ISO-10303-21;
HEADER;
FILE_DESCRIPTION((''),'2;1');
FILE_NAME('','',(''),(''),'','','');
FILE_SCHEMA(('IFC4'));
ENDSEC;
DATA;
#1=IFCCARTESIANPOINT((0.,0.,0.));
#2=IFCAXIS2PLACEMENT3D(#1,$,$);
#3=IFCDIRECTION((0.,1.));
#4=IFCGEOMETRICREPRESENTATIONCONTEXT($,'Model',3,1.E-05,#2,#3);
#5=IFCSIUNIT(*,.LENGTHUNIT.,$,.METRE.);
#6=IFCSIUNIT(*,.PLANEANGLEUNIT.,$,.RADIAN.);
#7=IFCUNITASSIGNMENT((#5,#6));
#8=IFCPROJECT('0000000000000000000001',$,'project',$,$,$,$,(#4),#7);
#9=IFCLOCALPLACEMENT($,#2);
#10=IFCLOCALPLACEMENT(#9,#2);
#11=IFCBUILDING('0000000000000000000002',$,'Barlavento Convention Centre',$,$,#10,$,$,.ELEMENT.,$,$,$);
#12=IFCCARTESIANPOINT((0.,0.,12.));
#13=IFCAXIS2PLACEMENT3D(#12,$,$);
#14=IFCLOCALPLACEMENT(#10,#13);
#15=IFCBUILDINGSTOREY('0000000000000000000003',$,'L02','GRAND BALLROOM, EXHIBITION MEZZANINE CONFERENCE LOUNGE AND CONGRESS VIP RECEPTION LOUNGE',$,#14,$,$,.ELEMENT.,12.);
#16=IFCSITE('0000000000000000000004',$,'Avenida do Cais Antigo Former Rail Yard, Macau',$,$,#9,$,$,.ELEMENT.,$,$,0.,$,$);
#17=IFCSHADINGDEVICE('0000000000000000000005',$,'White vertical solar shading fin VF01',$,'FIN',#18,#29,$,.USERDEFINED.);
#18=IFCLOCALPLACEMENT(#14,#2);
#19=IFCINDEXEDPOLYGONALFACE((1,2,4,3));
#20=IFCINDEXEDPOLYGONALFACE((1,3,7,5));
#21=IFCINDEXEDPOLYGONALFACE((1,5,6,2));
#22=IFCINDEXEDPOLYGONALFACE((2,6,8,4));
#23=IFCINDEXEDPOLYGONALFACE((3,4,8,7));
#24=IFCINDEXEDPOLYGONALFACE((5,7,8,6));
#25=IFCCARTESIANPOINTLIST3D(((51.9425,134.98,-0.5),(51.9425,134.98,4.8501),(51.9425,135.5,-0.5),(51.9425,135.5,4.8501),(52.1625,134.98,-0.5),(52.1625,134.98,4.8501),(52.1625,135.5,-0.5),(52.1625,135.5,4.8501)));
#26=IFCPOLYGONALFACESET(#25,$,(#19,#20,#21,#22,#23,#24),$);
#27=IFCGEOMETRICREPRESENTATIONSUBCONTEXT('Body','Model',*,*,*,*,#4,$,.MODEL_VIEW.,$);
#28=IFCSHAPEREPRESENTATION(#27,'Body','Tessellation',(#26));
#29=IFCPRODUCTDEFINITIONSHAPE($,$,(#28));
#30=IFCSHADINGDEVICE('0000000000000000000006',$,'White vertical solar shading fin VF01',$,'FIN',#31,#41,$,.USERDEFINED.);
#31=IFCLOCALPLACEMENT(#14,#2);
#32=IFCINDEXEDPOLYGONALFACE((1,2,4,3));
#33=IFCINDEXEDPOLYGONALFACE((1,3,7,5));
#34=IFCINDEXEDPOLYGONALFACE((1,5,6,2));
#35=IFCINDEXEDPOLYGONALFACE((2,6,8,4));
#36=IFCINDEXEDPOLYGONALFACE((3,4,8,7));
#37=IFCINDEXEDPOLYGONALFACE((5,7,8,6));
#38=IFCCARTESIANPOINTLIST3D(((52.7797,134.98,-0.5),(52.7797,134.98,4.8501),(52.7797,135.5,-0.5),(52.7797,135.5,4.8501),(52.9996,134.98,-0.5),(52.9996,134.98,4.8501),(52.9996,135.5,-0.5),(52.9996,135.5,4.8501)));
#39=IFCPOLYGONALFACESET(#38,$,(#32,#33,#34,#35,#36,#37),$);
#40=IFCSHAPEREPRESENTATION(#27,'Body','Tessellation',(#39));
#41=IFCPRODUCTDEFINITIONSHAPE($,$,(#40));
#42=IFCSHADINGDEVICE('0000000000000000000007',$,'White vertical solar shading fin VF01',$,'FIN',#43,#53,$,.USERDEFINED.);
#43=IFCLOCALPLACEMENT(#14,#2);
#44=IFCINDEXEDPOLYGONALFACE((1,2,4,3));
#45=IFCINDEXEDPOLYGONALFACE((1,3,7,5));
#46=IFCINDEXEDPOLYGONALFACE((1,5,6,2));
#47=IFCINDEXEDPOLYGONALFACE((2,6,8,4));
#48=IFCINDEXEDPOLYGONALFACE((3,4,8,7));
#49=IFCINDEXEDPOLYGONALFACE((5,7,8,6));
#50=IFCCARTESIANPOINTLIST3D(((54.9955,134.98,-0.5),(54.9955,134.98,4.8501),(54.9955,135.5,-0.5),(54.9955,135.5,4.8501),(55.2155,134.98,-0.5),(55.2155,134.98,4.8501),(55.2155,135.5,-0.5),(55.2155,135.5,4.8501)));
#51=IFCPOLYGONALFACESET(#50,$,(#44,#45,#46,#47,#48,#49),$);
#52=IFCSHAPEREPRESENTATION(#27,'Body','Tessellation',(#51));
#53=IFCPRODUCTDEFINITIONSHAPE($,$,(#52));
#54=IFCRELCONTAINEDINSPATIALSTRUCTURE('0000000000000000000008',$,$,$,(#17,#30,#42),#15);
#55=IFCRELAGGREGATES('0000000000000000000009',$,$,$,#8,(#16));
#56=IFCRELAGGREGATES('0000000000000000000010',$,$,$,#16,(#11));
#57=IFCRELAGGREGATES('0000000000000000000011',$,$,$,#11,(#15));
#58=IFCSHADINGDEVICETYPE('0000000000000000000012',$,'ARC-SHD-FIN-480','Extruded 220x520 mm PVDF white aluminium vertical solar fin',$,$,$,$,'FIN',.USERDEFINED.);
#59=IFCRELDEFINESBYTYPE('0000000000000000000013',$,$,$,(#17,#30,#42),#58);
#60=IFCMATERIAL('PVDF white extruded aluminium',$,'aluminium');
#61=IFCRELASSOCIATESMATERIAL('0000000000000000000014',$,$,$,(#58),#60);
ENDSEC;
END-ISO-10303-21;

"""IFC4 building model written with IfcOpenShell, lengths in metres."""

from ifc_helpers import new_model, si_unit, direction, frame, origin, origin_2d, place, context, subcontext, project, spatial, rectangle, extrude, material, type_object, element, save


model = new_model("IFC4")

# Units and contexts
model_context = context("Model", 3, precision=1e-05, world=origin(), true_north=direction((0.0, 1.0)))
body_context = subcontext(model_context, "Body", "Model", "MODEL_VIEW")
ifc_project = project(units=[si_unit("LENGTHUNIT", "METRE"), si_unit("PLANEANGLEUNIT", "RADIAN")], contexts=[model_context])

# Site, building, storey
site_placement = place(None, origin())
site = spatial("IfcSite", under=ifc_project, at=site_placement, Name="Avenida do Cais Antigo Former Rail Yard, Macau", CompositionType="ELEMENT", RefElevation=0.0)
building_placement = place(site_placement, origin())
building = spatial("IfcBuilding", under=site, at=building_placement, Name="Barlavento Convention Centre", CompositionType="ELEMENT")
storey_placement = place(building_placement, frame((0.0, 0.0, 12.0)))
storey = spatial("IfcBuildingStorey", under=building, at=storey_placement, Name="L02", Description="GRAND BALLROOM, EXHIBITION MEZZANINE CONFERENCE LOUNGE AND CONGRESS VIP RECEPTION LOUNGE", CompositionType="ELEMENT", Elevation=12.0)

# Shading devices
ifc_material_1 = material(Name="PVDF white extruded aluminium", Category="aluminium")
shading_device_type = type_object("IfcShadingDeviceType", Name="ARC-SHD-FIN-480", Description="Extruded 220x520 mm PVDF white aluminium vertical solar fin", ElementType="FIN", PredefinedType="USERDEFINED", material=ifc_material_1)
for number, where, z_axis, x_axis, name in (
    (1, (52.0525, 135.24, -0.5), (0.0, 0.0, 1.0), (1.0, 0.0, 0.0), "White vertical solar shading fin VF01"),
    (2, (52.8896, 135.24, -0.5), (0.0, 0.0, 1.0), (1.0, 0.0, 0.0), "White vertical solar shading fin VF01"),
    (3, (55.1055, 135.24, -0.5), (0.0, 0.0, 1.0), (1.0, 0.0, 0.0), "White vertical solar shading fin VF01"),
):
    element("IfcShadingDevice", number, at=place(storey_placement, frame(where, z_axis=z_axis, x_axis=x_axis)), inside=storey, type_object=shading_device_type, Name=name, ObjectType="FIN", PredefinedType="USERDEFINED", context=body_context, shape_type="SweptSolid", body=[
        extrude(rectangle(XDim=0.22, YDim=0.52, at=origin_2d()), origin(), (0.0, 0.0, 1.0), 5.3501),
    ])

save(model, "model.ifc")
